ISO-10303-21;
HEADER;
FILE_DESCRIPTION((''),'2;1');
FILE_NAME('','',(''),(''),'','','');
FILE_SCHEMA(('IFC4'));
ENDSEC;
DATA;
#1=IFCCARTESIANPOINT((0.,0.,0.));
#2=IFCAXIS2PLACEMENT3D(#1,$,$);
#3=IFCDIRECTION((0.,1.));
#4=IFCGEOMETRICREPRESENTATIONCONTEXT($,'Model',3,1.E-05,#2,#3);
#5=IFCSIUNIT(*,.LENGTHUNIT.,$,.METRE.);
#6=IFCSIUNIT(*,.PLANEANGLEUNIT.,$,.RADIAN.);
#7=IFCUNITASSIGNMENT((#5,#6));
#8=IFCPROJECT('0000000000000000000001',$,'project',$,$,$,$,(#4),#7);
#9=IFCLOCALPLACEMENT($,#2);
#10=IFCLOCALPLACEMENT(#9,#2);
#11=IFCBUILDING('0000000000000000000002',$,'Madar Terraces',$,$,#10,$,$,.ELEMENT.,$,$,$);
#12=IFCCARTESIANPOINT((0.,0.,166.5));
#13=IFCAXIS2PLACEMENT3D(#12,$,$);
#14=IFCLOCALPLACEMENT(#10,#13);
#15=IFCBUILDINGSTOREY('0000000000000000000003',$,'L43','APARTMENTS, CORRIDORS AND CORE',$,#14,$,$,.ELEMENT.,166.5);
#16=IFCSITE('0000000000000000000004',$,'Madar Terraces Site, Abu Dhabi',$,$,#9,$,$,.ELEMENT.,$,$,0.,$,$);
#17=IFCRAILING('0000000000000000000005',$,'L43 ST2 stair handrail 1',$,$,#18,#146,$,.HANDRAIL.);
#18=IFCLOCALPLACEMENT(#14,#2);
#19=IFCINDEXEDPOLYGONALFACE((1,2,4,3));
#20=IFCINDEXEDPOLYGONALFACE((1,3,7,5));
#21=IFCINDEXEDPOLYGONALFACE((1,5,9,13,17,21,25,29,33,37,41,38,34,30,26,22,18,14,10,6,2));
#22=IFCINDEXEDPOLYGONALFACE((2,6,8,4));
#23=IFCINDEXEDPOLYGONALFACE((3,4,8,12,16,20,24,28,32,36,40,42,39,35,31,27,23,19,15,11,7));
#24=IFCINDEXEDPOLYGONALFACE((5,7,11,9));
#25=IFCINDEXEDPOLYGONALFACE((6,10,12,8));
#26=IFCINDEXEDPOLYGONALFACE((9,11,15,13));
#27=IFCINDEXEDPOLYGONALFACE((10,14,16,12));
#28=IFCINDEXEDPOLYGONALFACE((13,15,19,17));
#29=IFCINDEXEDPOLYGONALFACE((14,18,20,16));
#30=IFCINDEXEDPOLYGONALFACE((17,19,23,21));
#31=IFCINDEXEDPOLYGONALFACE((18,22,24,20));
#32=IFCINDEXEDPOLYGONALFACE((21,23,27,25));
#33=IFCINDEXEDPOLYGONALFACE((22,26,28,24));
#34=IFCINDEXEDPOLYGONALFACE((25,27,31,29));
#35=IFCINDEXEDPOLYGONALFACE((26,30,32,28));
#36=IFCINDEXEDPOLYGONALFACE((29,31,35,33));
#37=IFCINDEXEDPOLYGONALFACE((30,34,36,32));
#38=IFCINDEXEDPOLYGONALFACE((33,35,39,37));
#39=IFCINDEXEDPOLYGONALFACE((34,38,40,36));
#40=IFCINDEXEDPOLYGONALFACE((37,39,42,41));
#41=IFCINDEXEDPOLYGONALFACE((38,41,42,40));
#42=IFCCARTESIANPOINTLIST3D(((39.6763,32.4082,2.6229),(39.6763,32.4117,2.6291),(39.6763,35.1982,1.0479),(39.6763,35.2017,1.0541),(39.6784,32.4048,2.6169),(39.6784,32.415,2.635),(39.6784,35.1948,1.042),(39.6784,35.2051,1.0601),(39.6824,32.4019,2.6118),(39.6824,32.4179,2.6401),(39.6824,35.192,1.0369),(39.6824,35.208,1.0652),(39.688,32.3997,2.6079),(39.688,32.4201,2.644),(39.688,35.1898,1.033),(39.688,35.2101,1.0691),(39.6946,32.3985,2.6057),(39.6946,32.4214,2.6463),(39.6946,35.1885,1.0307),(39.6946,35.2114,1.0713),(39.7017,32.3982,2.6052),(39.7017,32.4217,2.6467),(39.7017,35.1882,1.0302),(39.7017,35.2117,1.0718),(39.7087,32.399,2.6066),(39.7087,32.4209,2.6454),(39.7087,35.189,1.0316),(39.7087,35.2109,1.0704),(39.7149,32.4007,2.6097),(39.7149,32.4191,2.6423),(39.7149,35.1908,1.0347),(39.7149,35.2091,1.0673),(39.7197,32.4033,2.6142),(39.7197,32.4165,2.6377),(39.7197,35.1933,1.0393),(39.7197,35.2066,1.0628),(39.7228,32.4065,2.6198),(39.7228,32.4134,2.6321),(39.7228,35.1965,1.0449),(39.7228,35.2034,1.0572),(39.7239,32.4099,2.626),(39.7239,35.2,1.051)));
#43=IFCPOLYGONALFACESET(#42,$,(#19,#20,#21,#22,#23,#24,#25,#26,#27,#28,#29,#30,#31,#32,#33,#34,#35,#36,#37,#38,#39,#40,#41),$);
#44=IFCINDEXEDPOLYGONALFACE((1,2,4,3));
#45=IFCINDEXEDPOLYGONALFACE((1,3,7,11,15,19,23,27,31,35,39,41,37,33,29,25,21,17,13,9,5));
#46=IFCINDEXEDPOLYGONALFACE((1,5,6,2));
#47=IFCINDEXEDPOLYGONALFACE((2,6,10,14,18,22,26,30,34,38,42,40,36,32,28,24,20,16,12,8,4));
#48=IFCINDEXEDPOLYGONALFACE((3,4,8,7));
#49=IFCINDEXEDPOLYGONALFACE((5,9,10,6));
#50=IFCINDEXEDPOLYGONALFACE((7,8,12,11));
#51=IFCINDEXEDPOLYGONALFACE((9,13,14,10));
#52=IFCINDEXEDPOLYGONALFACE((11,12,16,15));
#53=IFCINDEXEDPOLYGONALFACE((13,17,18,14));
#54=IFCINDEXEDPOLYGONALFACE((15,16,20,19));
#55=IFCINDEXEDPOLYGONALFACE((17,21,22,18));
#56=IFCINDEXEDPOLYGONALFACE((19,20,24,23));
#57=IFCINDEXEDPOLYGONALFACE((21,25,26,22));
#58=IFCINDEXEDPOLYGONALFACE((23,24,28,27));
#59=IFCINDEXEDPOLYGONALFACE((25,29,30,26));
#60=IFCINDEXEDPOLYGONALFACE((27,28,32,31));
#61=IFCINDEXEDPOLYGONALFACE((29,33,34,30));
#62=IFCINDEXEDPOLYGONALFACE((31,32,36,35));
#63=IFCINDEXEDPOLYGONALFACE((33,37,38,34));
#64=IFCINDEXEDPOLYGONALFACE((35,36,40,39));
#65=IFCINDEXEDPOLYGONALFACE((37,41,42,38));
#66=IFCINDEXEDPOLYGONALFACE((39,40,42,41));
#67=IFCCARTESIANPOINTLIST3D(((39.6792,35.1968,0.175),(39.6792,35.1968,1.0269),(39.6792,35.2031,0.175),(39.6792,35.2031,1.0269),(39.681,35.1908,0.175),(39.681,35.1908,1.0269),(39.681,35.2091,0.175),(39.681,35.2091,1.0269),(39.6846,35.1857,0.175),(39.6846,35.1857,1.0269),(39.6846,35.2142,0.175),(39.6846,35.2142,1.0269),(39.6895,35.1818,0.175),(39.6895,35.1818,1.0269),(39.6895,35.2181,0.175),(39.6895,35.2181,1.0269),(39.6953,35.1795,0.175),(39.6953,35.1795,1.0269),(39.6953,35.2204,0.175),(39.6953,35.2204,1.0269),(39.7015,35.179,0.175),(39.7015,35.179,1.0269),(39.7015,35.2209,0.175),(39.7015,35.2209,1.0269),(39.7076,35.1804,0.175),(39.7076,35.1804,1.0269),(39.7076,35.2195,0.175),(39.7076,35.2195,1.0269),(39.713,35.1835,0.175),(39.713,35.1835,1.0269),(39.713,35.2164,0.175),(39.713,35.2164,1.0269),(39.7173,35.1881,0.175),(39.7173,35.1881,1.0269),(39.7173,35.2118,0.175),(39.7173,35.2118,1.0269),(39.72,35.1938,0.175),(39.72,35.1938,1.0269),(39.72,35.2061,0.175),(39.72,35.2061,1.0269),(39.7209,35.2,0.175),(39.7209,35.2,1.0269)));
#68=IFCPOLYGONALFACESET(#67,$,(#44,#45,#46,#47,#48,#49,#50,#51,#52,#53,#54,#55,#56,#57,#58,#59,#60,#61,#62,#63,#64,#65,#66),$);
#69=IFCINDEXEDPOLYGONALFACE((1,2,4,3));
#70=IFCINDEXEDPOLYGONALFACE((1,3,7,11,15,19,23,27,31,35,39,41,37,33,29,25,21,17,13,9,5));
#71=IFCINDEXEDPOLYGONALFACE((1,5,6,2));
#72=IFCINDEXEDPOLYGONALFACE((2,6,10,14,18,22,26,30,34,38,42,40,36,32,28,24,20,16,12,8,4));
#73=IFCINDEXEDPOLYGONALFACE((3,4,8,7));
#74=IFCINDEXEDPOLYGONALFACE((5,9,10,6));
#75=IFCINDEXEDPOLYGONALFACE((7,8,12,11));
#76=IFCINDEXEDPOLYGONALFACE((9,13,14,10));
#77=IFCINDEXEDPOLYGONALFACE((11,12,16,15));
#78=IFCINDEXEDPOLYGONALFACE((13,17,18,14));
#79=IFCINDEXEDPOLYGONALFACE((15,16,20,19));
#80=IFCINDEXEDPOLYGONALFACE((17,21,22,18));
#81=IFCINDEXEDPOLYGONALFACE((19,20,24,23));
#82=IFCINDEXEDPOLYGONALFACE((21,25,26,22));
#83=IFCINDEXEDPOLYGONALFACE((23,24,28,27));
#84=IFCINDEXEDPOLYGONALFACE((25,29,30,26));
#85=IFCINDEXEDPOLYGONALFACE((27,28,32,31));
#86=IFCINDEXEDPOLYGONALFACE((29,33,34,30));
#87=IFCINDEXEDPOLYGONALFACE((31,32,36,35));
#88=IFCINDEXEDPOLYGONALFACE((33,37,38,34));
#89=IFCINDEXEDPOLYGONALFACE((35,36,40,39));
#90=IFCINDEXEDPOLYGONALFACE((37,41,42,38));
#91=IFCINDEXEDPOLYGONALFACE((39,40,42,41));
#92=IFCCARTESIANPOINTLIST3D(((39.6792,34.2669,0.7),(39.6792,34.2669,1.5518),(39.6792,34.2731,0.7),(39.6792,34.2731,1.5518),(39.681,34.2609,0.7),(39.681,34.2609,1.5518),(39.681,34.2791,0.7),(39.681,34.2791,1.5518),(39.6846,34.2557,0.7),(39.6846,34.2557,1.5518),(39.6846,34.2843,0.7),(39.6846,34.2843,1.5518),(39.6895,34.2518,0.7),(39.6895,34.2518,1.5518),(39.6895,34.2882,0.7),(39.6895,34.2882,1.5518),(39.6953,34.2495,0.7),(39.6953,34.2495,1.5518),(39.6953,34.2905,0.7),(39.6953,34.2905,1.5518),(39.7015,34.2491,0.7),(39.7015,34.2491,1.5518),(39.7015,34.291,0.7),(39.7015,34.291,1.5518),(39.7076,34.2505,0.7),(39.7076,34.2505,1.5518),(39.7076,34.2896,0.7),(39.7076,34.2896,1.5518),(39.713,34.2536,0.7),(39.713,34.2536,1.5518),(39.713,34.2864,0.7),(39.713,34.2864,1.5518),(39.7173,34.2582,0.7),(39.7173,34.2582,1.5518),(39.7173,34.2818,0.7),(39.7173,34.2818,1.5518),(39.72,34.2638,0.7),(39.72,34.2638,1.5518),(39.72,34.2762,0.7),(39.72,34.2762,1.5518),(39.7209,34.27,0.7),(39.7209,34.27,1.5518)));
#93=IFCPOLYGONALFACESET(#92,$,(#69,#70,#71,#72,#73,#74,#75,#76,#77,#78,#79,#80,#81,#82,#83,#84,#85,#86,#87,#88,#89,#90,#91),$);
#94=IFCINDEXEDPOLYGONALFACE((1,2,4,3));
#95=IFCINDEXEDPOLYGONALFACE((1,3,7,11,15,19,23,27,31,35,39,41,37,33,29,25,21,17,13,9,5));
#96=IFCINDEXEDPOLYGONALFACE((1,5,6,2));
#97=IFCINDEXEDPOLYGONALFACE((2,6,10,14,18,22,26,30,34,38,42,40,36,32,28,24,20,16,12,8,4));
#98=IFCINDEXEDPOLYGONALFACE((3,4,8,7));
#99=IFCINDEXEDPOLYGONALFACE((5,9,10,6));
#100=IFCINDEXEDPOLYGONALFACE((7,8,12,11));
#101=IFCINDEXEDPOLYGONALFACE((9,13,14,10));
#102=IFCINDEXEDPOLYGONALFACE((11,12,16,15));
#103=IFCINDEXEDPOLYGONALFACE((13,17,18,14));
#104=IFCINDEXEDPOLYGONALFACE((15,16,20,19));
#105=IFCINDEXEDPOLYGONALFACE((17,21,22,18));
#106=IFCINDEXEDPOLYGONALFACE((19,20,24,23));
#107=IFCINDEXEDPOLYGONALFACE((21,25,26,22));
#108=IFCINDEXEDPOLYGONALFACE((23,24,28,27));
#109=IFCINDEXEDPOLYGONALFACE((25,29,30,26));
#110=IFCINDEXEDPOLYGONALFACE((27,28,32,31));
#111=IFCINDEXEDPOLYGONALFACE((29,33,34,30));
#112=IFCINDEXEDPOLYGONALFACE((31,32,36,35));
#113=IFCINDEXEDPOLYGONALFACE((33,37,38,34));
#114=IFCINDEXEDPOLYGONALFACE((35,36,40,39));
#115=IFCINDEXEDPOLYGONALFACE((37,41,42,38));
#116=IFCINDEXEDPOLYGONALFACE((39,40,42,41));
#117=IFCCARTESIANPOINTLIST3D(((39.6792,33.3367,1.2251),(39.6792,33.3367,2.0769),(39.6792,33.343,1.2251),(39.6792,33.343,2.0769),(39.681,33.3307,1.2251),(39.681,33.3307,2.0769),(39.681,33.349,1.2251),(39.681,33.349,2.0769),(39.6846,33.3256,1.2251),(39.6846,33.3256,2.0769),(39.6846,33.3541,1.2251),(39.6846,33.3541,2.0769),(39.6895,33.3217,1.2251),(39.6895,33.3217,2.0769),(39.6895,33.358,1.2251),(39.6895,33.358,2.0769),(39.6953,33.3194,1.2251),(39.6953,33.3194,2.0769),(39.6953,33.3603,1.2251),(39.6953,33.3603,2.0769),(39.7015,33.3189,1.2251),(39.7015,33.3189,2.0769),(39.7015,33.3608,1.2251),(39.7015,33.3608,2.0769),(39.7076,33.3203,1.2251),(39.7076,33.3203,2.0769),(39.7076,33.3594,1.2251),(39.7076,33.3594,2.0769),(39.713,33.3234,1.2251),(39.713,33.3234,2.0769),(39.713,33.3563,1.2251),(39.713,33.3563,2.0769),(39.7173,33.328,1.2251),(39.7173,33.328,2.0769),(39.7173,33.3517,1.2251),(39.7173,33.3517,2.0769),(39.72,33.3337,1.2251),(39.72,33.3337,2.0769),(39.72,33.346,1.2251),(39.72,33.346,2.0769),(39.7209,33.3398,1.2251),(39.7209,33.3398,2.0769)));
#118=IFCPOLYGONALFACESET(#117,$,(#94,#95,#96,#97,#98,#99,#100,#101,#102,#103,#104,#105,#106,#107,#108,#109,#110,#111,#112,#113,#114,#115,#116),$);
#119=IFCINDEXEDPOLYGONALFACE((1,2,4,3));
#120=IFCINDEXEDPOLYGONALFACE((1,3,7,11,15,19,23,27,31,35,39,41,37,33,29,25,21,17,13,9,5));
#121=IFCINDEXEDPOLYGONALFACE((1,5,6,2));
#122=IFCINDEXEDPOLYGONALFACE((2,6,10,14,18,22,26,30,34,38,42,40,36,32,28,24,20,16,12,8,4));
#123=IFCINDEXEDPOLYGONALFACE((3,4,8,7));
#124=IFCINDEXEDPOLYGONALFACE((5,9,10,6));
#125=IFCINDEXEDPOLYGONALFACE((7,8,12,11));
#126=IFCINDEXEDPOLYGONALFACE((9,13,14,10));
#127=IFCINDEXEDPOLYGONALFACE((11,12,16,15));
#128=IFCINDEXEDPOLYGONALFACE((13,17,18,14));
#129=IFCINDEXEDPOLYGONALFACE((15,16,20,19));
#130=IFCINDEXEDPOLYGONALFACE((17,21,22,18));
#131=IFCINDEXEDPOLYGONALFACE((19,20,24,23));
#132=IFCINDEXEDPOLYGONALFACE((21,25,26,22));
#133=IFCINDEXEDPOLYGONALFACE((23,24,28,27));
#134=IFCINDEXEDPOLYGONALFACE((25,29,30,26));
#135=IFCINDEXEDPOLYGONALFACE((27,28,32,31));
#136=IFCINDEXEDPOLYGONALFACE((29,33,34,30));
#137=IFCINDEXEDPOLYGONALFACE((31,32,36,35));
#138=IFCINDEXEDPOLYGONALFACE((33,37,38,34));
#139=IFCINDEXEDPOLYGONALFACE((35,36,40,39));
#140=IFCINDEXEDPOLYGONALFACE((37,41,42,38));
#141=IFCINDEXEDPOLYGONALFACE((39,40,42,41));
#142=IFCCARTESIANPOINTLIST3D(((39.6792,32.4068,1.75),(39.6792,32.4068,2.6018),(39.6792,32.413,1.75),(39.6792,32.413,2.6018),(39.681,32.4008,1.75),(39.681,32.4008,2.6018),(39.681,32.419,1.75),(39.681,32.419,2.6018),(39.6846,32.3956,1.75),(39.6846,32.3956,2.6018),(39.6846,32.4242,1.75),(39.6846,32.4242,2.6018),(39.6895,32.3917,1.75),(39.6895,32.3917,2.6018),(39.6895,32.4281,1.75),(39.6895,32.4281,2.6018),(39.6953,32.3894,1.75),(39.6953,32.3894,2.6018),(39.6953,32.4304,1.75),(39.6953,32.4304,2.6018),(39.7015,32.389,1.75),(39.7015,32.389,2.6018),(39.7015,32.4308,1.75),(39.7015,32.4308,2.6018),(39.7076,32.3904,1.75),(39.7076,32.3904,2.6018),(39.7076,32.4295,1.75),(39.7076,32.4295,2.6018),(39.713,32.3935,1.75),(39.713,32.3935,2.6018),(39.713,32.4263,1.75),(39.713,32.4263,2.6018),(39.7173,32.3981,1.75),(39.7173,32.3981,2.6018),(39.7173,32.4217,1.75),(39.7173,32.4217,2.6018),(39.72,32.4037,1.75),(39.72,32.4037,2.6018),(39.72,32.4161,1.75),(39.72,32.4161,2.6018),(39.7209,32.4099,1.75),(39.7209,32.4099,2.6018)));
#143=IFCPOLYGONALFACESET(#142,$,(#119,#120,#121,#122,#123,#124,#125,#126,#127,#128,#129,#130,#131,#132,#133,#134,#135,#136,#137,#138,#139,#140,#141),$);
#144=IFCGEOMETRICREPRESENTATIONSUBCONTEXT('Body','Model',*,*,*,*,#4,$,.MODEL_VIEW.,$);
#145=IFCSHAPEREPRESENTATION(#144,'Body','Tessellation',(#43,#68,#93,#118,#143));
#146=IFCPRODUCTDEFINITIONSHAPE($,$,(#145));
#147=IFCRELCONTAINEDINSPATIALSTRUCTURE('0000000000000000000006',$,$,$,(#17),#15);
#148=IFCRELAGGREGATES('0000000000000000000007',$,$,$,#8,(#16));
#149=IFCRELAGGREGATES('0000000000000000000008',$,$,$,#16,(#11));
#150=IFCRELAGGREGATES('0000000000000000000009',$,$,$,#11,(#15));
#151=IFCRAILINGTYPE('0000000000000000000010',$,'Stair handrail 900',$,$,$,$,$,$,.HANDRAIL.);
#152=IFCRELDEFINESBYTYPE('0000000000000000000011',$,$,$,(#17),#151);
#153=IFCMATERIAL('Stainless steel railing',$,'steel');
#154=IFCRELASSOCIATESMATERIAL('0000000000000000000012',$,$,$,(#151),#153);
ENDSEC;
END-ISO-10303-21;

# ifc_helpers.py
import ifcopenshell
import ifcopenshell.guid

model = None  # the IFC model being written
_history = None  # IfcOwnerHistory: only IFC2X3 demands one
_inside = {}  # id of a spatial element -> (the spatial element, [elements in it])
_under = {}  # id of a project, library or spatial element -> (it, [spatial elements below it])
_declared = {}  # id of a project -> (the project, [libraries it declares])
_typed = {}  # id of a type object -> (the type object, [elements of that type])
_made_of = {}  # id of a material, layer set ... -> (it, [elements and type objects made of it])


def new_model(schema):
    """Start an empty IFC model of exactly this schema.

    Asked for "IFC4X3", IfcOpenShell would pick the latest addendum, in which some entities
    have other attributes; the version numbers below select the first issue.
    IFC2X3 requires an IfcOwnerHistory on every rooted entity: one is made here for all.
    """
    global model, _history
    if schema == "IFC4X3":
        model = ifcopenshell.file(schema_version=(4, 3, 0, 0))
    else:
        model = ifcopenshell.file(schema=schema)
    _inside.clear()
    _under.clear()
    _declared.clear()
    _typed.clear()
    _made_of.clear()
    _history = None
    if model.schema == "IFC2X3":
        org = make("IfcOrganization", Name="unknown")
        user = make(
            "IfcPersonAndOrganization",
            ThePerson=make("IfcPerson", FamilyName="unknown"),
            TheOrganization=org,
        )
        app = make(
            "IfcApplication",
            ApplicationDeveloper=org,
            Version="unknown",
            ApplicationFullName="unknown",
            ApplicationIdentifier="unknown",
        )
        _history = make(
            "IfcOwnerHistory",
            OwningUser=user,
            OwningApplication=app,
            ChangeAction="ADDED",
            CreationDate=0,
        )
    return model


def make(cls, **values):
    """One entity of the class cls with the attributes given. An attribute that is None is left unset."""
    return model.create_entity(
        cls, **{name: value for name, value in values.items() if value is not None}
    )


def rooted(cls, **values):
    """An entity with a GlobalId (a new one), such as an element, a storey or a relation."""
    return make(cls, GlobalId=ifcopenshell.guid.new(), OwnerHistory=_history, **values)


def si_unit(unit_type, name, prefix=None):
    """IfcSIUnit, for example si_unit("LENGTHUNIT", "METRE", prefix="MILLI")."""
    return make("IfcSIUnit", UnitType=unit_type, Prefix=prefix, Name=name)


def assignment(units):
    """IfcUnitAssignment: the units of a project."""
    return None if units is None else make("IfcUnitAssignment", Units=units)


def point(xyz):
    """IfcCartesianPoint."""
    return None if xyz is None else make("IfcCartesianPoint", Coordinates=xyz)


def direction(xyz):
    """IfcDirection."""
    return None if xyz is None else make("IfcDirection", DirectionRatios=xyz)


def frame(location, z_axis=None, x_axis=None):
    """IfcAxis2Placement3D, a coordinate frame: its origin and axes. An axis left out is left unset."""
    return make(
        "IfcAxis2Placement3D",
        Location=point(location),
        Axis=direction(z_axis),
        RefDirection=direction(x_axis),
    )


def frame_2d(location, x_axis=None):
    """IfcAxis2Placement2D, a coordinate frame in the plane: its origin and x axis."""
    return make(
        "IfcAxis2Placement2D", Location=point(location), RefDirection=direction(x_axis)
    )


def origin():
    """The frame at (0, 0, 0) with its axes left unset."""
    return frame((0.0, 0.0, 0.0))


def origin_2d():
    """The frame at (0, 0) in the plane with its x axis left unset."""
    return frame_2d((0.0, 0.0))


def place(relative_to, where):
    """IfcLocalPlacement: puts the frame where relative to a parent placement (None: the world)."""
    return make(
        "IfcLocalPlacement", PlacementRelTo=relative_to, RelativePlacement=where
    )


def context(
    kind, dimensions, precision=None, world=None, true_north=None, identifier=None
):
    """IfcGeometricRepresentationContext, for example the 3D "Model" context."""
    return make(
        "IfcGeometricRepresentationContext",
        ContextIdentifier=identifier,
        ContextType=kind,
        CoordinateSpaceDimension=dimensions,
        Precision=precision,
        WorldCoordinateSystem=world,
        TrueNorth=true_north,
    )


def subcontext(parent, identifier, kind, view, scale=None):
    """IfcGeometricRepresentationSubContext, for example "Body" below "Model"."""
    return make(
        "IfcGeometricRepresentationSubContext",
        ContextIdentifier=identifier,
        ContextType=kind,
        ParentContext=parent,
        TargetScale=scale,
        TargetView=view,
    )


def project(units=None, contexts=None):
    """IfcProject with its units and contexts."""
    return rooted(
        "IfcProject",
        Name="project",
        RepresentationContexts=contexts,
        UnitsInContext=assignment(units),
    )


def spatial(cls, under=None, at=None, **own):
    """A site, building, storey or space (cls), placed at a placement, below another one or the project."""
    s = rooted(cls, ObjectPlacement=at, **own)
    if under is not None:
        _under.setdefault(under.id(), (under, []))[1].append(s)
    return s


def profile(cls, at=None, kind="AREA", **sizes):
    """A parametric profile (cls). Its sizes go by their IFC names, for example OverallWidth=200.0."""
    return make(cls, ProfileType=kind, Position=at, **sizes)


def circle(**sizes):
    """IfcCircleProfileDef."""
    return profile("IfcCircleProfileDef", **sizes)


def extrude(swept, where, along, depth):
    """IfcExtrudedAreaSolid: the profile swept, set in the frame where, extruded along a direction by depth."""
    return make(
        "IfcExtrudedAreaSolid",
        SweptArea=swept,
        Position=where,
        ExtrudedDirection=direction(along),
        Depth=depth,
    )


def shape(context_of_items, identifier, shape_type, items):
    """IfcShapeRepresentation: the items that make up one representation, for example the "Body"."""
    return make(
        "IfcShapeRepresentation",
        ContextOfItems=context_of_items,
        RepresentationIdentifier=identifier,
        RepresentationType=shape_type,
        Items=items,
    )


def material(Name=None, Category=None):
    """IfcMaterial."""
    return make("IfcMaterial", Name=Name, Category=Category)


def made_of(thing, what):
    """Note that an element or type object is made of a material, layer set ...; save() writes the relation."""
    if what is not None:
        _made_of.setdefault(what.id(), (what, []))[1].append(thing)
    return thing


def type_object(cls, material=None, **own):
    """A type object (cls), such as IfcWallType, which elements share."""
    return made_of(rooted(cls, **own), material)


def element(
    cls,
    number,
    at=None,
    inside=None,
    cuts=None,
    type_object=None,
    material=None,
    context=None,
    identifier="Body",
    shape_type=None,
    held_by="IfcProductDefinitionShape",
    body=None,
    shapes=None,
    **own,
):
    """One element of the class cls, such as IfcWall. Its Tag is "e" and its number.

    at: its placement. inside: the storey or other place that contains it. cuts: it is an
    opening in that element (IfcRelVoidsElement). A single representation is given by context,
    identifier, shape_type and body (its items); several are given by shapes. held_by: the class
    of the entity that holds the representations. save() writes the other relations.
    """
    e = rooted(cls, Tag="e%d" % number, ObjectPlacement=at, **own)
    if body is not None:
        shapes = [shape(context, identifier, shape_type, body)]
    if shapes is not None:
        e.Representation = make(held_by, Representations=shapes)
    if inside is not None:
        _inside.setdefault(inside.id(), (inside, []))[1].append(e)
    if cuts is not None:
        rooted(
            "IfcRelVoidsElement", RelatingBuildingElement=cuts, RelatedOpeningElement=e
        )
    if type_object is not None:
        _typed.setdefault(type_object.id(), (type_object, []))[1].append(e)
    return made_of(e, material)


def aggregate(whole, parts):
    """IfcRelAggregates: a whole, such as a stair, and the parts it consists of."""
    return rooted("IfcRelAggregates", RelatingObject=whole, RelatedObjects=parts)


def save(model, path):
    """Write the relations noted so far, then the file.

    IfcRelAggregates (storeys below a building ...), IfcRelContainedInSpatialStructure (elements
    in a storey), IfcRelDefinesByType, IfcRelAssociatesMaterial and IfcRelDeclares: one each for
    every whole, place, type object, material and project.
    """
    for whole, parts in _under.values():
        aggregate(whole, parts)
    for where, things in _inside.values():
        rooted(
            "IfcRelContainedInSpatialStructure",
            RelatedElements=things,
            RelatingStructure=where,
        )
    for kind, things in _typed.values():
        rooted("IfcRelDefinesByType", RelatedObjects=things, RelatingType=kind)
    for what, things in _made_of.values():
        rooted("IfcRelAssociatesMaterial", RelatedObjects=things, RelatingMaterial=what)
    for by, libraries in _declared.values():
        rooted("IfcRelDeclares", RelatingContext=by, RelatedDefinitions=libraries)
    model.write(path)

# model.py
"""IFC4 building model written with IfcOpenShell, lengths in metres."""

from ifc_helpers import new_model, si_unit, direction, frame, origin, origin_2d, place, context, subcontext, project, spatial, circle, extrude, material, type_object, element, save


model = new_model("IFC4")

# Units and contexts
model_context = context("Model", 3, precision=1e-05, world=origin(), true_north=direction((0.0, 1.0)))
body_context = subcontext(model_context, "Body", "Model", "MODEL_VIEW")
ifc_project = project(units=[si_unit("LENGTHUNIT", "METRE"), si_unit("PLANEANGLEUNIT", "RADIAN")], contexts=[model_context])

# Site, building, storey
site_placement = place(None, origin())
site = spatial("IfcSite", under=ifc_project, at=site_placement, Name="Madar Terraces Site, Abu Dhabi", CompositionType="ELEMENT", RefElevation=0.0)
building_placement = place(site_placement, origin())
building = spatial("IfcBuilding", under=site, at=building_placement, Name="Madar Terraces", CompositionType="ELEMENT")
storey_placement = place(building_placement, frame((0.0, 0.0, 166.5)))
storey = spatial("IfcBuildingStorey", under=building, at=storey_placement, Name="L43", Description="APARTMENTS, CORRIDORS AND CORE", CompositionType="ELEMENT", Elevation=166.5)

# Railing
ifc_material_1 = material(Name="Stainless steel railing", Category="steel")
railing_type_1 = type_object("IfcRailingType", Name="Stair handrail 900", PredefinedType="HANDRAIL", material=ifc_material_1)
railing_1_placement = place(storey_placement, frame((39.7, 35.2, 0.175)))
element("IfcRailing", 1, at=railing_1_placement, inside=storey, type_object=railing_type_1, Name="L43 ST2 stair handrail 1", PredefinedType="HANDRAIL", context=body_context, shape_type="SweptSolid", body=[
    extrude(circle(Radius=0.0239, at=origin_2d()), frame((0.0, 0.0, 0.876), z_axis=(0.0, -0.870834, 0.491578), x_axis=(1.0, 0.0, 0.0)), (0.0, 0.0, 1.0), 3.2039),
    extrude(circle(Radius=0.021, at=origin_2d()), origin(), (0.0, 0.0, 1.0), 0.8518),
    extrude(circle(Radius=0.021, at=origin_2d()), frame((0.0, -0.9299, 0.5249)), (0.0, 0.0, 1.0), 0.8518),
    extrude(circle(Radius=0.021, at=origin_2d()), frame((0.0, -1.8601, 1.05)), (0.0, 0.0, 1.0), 0.8518),
    extrude(circle(Radius=0.021, at=origin_2d()), frame((0.0, -2.79, 1.575)), (0.0, 0.0, 1.0), 0.8518),
])

save(model, "model.ifc")
